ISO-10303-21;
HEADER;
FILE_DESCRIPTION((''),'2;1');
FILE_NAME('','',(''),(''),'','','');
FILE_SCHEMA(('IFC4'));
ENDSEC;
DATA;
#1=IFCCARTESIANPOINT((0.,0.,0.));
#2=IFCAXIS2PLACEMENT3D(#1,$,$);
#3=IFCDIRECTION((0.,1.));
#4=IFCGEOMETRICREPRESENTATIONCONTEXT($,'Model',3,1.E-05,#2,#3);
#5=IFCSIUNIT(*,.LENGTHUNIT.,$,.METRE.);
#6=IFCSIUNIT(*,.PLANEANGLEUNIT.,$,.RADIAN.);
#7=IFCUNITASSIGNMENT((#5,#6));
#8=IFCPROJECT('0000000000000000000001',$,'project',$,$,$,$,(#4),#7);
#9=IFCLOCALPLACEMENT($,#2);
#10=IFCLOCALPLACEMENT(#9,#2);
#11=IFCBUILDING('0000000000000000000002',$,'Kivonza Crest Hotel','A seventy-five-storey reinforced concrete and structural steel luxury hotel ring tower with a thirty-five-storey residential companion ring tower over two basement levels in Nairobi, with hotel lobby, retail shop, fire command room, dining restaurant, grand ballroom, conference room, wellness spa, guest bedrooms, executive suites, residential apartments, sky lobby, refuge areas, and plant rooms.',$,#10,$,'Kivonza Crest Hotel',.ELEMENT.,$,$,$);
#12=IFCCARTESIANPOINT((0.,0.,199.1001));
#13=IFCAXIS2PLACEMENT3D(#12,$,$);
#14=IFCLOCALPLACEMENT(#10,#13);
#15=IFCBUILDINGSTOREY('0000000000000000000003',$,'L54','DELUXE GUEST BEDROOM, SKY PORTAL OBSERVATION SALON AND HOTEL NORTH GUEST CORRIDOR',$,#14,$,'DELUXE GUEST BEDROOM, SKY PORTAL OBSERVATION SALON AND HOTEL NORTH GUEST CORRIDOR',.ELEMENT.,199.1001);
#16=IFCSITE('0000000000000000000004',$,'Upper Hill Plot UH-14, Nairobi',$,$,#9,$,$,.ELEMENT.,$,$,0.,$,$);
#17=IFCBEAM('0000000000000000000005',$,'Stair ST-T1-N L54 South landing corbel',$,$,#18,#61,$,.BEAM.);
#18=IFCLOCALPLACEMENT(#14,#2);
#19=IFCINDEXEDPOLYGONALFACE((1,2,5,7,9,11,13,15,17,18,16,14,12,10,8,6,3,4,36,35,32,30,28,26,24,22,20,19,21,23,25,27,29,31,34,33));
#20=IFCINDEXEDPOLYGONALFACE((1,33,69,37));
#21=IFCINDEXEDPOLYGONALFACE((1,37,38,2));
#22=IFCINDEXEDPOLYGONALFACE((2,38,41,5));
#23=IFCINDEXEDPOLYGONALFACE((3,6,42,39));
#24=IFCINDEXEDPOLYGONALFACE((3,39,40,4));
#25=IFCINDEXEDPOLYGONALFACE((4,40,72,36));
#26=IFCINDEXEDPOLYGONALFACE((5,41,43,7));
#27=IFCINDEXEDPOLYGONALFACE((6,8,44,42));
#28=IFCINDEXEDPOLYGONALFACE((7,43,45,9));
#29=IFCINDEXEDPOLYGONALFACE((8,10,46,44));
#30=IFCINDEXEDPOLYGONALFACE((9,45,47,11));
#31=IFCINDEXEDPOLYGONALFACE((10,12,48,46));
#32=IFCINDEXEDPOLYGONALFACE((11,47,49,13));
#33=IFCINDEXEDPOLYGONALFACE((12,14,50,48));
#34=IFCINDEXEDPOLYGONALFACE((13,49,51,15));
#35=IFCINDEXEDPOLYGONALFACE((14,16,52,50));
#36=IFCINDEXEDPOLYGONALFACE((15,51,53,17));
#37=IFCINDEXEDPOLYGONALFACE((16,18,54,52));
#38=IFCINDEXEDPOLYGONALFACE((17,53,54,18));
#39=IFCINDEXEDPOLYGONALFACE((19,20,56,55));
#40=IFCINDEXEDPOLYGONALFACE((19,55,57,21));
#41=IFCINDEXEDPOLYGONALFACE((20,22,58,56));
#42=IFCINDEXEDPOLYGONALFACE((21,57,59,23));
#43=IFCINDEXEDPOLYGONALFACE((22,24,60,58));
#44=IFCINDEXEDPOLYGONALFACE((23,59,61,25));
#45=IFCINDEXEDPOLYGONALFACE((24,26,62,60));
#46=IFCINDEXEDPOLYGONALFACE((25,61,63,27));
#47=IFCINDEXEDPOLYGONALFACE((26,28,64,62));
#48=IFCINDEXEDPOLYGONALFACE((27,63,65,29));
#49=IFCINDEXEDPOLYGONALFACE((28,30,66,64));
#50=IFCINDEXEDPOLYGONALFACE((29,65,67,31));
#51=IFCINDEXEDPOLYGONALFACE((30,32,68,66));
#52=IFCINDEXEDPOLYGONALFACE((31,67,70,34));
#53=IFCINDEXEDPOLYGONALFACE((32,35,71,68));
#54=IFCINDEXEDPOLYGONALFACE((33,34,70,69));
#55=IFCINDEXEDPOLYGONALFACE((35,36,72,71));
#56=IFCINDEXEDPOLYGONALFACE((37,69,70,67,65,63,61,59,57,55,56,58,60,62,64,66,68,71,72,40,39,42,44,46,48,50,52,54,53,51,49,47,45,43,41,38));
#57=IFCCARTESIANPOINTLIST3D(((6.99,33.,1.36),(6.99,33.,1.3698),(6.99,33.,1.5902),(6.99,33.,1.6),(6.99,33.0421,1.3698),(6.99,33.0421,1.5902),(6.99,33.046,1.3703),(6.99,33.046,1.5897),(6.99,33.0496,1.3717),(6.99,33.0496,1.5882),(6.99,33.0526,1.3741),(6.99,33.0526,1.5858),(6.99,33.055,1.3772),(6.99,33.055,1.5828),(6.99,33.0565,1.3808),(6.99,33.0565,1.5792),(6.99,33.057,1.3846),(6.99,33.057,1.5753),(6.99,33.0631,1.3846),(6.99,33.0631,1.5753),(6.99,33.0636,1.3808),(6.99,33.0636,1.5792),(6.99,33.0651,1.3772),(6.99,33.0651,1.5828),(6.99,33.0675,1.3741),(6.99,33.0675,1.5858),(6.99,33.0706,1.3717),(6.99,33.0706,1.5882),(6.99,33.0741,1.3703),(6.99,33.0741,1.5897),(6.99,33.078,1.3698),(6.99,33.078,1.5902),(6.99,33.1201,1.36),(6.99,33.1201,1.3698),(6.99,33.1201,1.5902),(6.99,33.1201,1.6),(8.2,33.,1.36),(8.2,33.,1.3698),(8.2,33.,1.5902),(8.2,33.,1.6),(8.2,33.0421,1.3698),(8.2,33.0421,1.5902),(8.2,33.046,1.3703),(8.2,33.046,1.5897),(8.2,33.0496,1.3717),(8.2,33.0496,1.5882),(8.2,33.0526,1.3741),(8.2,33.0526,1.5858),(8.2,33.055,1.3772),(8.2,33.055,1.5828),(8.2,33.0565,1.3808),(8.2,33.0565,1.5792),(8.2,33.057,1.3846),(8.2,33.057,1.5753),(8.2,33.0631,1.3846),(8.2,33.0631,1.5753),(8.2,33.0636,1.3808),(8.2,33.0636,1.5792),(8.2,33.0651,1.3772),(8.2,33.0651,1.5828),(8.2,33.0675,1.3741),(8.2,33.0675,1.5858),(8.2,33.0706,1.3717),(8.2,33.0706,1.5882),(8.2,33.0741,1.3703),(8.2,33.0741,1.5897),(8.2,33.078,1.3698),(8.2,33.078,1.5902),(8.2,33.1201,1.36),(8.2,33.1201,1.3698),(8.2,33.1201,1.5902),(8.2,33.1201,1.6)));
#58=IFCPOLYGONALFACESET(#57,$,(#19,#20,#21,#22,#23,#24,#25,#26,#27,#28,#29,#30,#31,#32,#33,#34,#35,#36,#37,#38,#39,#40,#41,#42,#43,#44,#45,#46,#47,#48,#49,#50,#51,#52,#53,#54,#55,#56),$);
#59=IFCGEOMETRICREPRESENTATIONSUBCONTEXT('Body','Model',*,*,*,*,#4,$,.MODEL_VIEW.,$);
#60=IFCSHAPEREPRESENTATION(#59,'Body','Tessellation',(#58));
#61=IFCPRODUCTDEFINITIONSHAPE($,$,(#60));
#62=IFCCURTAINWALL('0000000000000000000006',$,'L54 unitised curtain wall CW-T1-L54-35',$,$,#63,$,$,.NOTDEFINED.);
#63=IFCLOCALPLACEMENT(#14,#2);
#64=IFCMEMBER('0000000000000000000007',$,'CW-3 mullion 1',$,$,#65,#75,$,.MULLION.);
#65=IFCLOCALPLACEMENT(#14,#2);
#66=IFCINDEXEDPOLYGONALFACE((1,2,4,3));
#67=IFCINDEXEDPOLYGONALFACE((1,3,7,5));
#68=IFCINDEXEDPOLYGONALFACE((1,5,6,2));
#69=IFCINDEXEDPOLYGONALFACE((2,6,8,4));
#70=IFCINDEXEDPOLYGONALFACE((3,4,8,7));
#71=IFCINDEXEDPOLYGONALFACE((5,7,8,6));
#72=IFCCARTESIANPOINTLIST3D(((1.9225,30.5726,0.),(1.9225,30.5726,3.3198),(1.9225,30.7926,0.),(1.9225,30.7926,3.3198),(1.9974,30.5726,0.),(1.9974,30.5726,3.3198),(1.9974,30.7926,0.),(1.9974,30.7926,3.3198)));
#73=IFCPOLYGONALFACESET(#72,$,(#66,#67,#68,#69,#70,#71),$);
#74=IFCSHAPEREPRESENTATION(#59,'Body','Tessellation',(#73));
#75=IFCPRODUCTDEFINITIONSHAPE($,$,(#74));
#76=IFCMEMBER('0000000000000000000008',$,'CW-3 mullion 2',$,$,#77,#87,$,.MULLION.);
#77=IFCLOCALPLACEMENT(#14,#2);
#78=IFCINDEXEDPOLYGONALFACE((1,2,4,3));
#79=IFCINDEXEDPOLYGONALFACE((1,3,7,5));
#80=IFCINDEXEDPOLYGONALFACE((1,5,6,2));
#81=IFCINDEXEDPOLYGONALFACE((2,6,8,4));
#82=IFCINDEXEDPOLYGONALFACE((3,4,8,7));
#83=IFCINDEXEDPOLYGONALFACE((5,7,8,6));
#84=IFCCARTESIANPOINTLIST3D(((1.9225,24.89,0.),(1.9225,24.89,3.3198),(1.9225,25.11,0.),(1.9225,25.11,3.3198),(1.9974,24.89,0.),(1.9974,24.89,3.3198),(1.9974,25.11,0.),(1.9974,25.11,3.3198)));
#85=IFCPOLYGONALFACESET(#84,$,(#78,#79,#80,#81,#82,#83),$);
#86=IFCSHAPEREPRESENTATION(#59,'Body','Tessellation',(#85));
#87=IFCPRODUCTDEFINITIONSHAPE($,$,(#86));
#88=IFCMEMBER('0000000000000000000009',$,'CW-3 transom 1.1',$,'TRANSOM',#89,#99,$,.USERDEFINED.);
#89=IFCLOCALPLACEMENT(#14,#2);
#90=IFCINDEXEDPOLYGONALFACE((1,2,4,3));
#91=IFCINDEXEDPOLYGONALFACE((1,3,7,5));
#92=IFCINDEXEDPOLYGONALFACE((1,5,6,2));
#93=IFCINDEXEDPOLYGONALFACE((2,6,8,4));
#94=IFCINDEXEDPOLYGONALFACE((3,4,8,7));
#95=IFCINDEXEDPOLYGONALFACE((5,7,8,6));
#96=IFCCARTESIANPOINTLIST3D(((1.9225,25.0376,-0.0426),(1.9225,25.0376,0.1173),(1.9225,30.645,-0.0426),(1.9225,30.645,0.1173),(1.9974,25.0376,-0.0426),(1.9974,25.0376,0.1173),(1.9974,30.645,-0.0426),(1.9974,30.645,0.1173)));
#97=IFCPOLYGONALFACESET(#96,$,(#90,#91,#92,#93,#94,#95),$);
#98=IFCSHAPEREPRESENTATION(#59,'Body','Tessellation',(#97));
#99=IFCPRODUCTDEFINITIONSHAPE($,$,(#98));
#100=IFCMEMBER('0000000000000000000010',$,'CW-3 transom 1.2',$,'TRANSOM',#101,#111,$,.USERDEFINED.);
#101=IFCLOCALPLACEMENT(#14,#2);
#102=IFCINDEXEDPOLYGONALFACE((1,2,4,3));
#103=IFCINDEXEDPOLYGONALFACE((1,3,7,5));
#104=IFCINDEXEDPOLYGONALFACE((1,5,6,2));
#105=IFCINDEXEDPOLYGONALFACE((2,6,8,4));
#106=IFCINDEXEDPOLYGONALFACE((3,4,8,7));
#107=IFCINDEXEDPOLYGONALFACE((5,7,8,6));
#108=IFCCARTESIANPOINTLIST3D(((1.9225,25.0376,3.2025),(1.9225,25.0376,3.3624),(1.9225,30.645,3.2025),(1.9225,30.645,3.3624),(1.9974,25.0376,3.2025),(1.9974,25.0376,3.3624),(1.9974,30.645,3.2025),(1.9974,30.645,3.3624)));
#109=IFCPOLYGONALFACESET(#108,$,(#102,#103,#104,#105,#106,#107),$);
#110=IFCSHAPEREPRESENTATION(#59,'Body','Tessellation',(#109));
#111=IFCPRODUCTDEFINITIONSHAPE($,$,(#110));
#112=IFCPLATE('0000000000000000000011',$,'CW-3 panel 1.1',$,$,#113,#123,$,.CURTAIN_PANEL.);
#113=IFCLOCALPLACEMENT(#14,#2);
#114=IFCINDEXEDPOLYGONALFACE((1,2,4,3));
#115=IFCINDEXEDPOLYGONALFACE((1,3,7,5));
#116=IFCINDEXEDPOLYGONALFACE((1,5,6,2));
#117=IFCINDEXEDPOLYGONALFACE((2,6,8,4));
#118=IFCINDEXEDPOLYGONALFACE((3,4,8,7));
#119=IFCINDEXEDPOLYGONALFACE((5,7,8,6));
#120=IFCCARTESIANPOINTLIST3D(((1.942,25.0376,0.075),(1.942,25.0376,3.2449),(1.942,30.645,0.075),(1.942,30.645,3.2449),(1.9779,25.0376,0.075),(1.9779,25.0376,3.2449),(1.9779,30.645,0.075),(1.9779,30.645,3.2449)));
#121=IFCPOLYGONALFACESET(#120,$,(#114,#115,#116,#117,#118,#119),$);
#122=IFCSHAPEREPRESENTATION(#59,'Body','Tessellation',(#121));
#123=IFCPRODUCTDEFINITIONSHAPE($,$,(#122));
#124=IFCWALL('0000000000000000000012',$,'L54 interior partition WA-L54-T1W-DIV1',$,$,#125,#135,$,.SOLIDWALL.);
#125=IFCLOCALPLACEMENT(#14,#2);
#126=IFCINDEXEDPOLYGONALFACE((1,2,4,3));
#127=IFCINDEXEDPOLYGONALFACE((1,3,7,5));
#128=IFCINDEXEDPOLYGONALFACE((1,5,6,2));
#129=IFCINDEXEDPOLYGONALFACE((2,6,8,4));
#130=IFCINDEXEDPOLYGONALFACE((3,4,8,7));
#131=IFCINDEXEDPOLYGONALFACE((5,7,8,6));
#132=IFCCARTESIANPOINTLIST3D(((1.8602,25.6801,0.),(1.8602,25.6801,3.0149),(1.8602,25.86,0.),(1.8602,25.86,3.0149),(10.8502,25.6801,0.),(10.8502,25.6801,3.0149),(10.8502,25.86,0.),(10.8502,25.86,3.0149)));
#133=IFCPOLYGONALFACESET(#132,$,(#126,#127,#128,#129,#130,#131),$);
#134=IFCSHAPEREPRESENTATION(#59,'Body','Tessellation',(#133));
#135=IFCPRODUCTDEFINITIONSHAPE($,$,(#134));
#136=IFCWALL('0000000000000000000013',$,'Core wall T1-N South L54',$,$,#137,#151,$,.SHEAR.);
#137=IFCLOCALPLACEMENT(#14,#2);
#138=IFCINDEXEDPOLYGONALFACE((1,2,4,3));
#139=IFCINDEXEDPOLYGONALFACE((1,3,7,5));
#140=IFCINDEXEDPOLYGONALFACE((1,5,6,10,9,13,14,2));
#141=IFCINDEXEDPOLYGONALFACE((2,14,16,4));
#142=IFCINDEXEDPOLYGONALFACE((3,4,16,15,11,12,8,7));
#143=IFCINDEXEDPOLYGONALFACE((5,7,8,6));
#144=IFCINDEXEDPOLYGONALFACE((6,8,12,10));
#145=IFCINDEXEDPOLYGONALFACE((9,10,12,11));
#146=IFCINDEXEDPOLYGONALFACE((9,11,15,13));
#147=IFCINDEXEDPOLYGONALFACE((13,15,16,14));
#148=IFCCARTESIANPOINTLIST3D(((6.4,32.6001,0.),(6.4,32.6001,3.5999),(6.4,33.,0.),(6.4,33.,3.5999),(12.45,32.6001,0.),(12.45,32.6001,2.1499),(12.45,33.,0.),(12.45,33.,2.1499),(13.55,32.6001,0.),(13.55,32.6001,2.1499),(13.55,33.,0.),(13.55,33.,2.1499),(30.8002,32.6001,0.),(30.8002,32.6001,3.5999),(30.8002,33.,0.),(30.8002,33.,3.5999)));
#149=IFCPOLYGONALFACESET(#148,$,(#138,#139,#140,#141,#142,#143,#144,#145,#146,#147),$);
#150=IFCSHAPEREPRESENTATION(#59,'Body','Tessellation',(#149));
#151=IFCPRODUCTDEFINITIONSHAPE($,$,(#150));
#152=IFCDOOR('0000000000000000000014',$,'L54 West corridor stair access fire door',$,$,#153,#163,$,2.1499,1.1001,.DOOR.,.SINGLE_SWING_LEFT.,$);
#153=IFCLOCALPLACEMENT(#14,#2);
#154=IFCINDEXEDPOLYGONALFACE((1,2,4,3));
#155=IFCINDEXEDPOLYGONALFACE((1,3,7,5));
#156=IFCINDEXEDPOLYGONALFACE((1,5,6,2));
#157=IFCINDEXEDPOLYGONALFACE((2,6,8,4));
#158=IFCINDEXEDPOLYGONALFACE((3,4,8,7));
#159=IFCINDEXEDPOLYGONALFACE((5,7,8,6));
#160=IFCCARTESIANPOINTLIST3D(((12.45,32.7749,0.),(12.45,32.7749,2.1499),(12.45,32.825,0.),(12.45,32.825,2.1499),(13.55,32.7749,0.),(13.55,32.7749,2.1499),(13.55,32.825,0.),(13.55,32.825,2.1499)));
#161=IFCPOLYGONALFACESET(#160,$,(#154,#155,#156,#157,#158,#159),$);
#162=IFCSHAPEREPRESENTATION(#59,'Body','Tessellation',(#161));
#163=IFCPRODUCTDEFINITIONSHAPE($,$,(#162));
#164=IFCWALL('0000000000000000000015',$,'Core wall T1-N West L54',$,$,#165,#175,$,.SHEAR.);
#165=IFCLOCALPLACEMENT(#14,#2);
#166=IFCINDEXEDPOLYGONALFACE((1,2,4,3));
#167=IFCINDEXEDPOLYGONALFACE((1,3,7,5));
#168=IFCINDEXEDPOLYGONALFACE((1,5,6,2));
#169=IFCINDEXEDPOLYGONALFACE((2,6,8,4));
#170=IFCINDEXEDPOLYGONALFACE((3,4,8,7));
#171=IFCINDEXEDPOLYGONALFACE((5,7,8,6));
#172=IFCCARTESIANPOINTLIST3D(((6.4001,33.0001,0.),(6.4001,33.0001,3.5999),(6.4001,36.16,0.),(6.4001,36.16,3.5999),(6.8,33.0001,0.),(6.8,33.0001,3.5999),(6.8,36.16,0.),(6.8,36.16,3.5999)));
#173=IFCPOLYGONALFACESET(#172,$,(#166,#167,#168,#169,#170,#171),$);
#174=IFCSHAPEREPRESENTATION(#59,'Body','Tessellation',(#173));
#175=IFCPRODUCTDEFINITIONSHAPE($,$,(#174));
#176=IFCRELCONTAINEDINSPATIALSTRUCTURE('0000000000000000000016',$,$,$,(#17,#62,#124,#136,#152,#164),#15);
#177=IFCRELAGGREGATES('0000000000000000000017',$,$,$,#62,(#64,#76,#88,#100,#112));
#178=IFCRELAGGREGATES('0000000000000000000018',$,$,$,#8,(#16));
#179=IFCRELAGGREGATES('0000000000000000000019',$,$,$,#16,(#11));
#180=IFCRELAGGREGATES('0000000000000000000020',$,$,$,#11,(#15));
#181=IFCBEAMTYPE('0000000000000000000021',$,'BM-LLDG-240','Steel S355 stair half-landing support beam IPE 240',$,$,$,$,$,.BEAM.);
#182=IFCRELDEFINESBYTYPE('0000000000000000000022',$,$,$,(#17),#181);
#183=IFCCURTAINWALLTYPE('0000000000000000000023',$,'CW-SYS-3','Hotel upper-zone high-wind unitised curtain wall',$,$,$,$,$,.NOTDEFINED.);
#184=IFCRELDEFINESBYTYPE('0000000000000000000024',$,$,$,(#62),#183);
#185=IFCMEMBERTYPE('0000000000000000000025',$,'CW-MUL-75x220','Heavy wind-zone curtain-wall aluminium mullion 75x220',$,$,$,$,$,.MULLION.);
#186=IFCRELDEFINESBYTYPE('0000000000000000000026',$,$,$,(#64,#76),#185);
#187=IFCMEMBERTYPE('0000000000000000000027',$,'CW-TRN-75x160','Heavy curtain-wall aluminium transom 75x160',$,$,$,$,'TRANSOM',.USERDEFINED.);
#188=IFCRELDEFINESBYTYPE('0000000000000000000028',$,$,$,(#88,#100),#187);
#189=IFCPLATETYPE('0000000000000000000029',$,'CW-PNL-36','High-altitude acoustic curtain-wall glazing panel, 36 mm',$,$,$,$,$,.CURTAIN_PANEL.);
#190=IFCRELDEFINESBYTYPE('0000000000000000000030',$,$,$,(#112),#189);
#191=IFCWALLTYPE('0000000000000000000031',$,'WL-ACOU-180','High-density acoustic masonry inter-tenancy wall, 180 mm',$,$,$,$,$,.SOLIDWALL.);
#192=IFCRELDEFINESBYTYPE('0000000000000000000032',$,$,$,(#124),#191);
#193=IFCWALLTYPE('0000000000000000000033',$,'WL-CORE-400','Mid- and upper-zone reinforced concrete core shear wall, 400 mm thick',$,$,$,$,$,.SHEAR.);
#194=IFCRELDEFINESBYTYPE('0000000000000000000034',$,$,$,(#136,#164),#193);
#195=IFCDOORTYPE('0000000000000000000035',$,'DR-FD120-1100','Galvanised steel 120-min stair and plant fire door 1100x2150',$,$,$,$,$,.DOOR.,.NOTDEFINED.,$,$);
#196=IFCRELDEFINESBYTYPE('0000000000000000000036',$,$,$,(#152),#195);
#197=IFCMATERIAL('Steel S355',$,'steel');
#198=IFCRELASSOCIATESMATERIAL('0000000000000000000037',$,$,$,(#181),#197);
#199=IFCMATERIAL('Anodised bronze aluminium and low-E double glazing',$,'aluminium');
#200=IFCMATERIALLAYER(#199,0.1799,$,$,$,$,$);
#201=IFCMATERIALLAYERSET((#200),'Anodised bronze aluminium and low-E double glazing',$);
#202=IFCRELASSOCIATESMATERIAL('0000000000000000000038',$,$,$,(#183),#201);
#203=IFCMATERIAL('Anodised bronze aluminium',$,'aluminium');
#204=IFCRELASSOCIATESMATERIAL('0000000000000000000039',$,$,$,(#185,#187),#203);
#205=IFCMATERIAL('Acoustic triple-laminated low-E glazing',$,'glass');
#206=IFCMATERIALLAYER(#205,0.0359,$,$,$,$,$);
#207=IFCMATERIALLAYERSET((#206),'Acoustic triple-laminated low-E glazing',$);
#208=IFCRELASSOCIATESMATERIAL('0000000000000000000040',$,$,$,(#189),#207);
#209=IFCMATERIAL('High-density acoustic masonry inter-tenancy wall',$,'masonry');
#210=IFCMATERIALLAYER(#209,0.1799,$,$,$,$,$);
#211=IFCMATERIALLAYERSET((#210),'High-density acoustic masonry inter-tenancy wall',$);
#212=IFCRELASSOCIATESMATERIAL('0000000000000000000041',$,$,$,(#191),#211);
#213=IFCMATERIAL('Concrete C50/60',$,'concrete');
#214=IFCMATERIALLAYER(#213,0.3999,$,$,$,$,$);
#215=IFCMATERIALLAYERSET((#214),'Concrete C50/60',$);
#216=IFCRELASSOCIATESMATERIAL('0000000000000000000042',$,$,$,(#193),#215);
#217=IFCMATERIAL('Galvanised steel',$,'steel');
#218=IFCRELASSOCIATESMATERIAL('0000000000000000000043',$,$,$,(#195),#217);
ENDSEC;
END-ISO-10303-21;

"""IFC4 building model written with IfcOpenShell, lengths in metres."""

from ifc_helpers import new_model, si_unit, direction, frame, frame_2d, origin, origin_2d, place, context, subcontext, project, spatial, rectangle, i_section, extrude, material, layer, layer_set, material_profile, profile_set, type_object, element, fill, aggregate, save


model = new_model("IFC4")

# Units and contexts
model_context = context("Model", 3, precision=1e-05, world=origin(), true_north=direction((0.0, 1.0)))
body_context = subcontext(model_context, "Body", "Model", "MODEL_VIEW")
ifc_project = project(units=[si_unit("LENGTHUNIT", "METRE"), si_unit("PLANEANGLEUNIT", "RADIAN")], contexts=[model_context])

# Site, building, storey
site_placement = place(None, origin())
site = spatial("IfcSite", under=ifc_project, at=site_placement, Name="Upper Hill Plot UH-14, Nairobi", CompositionType="ELEMENT", RefElevation=0.0)
building_placement = place(site_placement, origin())
building = spatial("IfcBuilding", under=site, at=building_placement, Name="Kivonza Crest Hotel", Description="A seventy-five-storey reinforced concrete and structural steel luxury hotel ring tower with a thirty-five-storey residential companion ring tower over two basement levels in Nairobi, with hotel lobby, retail shop, fire command room, dining restaurant, grand ballroom, conference room, wellness spa, guest bedrooms, executive suites, residential apartments, sky lobby, refuge areas, and plant rooms.", LongName="Kivonza Crest Hotel", CompositionType="ELEMENT")
storey_placement = place(building_placement, frame((0.0, 0.0, 199.1001)))
storey = spatial("IfcBuildingStorey", under=building, at=storey_placement, Name="L54", Description="DELUXE GUEST BEDROOM, SKY PORTAL OBSERVATION SALON AND HOTEL NORTH GUEST CORRIDOR", LongName="DELUXE GUEST BEDROOM, SKY PORTAL OBSERVATION SALON AND HOTEL NORTH GUEST CORRIDOR", CompositionType="ELEMENT", Elevation=199.1001)

# Shared definitions
ifc_material_1 = material(Name="Concrete C50/60", Category="concrete")

# Beam
ifc_material_2 = material(Name="Steel S355", Category="steel")
ifc_material_profile_1 = material_profile(ifc_material_2, i_section(OverallWidth=0.1201, OverallDepth=0.24, WebThickness=0.0061, FlangeThickness=0.0098, FilletRadius=0.0149, at=origin_2d()), Name="IPE 240")
ifc_profile_set_1 = profile_set([ifc_material_profile_1], Name="Steel S355")
beam_type_1 = type_object("IfcBeamType", Name="BM-LLDG-240", Description="Steel S355 stair half-landing support beam IPE 240", PredefinedType="BEAM", material=ifc_profile_set_1)
beam_1_placement = place(storey_placement, frame((6.99, 33.0601, 1.48), z_axis=(1.0, 0.0, 0.0), x_axis=(0.0, 1.0, 0.0)))
element("IfcBeam", 1, at=beam_1_placement, inside=storey, type_object=beam_type_1, Name="Stair ST-T1-N L54 South landing corbel", PredefinedType="BEAM", context=body_context, shape_type="SweptSolid", body=[
    extrude(i_section(OverallWidth=0.1201, OverallDepth=0.24, WebThickness=0.0061, FlangeThickness=0.0098, FilletRadius=0.0149, at=origin_2d()), origin(), (0.0, 0.0, 1.0), 1.21),
])

# Curtain wall, members, plate
ifc_material_3 = material(Name="Anodised bronze aluminium and low-E double glazing", Category="aluminium")
ifc_layer_1 = layer(ifc_material_3, 0.1799)
ifc_layer_set_1 = layer_set([ifc_layer_1], Name="Anodised bronze aluminium and low-E double glazing")
curtain_wall_type = type_object("IfcCurtainWallType", Name="CW-SYS-3", Description="Hotel upper-zone high-wind unitised curtain wall", PredefinedType="NOTDEFINED", material=ifc_layer_set_1)
curtain_wall_placement = place(storey_placement, origin())
curtain_wall = element("IfcCurtainWall", 2, at=curtain_wall_placement, inside=storey, type_object=curtain_wall_type, Name="L54 unitised curtain wall CW-T1-L54-35", PredefinedType="NOTDEFINED")
ifc_material_4 = material(Name="Anodised bronze aluminium", Category="aluminium")
ifc_material_profile_2 = material_profile(ifc_material_4, rectangle(XDim=0.075, YDim=0.22, at=origin_2d()), Name="CW-M 75x220")
ifc_profile_set_2 = profile_set([ifc_material_profile_2], Name="Anodised bronze aluminium")
member_type_1 = type_object("IfcMemberType", Name="CW-MUL-75x220", Description="Heavy wind-zone curtain-wall aluminium mullion 75x220", PredefinedType="MULLION", material=ifc_profile_set_2)
member_1_placement = place(storey_placement, frame((1.96, 30.6826, 0.0), z_axis=(0.0, 0.0, 1.0), x_axis=(1.0, 0.0, 0.0)))
member_1 = element("IfcMember", 3, at=member_1_placement, type_object=member_type_1, Name="CW-3 mullion 1", PredefinedType="MULLION", context=body_context, shape_type="SweptSolid", body=[
    extrude(rectangle(XDim=0.075, YDim=0.22, at=origin_2d()), origin(), (0.0, 0.0, 1.0), 3.3198),
])
member_2_placement = place(storey_placement, frame((1.96, 25.0, 0.0), z_axis=(0.0, 0.0, 1.0), x_axis=(1.0, 0.0, 0.0)))
member_2 = element("IfcMember", 4, at=member_2_placement, type_object=member_type_1, Name="CW-3 mullion 2", PredefinedType="MULLION", context=body_context, shape_type="SweptSolid", body=[
    extrude(rectangle(XDim=0.075, YDim=0.22, at=origin_2d()), origin(), (0.0, 0.0, 1.0), 3.3198),
])
ifc_material_profile_3 = material_profile(ifc_material_4, rectangle(XDim=0.075, YDim=0.1599, at=origin_2d()), Name="CW-T 75x160")
ifc_profile_set_3 = profile_set([ifc_material_profile_3], Name="Anodised bronze aluminium")
member_type_2 = type_object("IfcMemberType", Name="CW-TRN-75x160", Description="Heavy curtain-wall aluminium transom 75x160", ElementType="TRANSOM", PredefinedType="USERDEFINED", material=ifc_profile_set_3)
member_3_placement = place(storey_placement, frame((1.96, 30.645, 0.0374), z_axis=(0.0, -1.0, 0.0), x_axis=(1.0, 0.0, 0.0)))
member_3 = element("IfcMember", 5, at=member_3_placement, type_object=member_type_2, Name="CW-3 transom 1.1", ObjectType="TRANSOM", PredefinedType="USERDEFINED", context=body_context, shape_type="SweptSolid", body=[
    extrude(rectangle(XDim=0.075, YDim=0.1599, at=origin_2d()), origin(), (0.0, 0.0, 1.0), 5.6074),
])
member_4_placement = place(storey_placement, frame((1.96, 30.645, 3.2825), z_axis=(0.0, -1.0, 0.0), x_axis=(1.0, 0.0, 0.0)))
member_4 = element("IfcMember", 6, at=member_4_placement, type_object=member_type_2, Name="CW-3 transom 1.2", ObjectType="TRANSOM", PredefinedType="USERDEFINED", context=body_context, shape_type="SweptSolid", body=[
    extrude(rectangle(XDim=0.075, YDim=0.1599, at=origin_2d()), origin(), (0.0, 0.0, 1.0), 5.6074),
])
ifc_material_5 = material(Name="Acoustic triple-laminated low-E glazing", Category="glass")
ifc_layer_2 = layer(ifc_material_5, 0.0359)
ifc_layer_set_2 = layer_set([ifc_layer_2], Name="Acoustic triple-laminated low-E glazing")
plate_type = type_object("IfcPlateType", Name="CW-PNL-36", Description="High-altitude acoustic curtain-wall glazing panel, 36 mm", PredefinedType="CURTAIN_PANEL", material=ifc_layer_set_2)
plate_placement = place(storey_placement, frame((1.96, 27.8413, 0.075), z_axis=(0.0, 0.0, 1.0), x_axis=(0.0, -1.0, 0.0)))
plate = element("IfcPlate", 7, at=plate_placement, type_object=plate_type, Name="CW-3 panel 1.1", PredefinedType="CURTAIN_PANEL", context=body_context, shape_type="SweptSolid", body=[
    extrude(rectangle(XDim=5.6074, YDim=0.0359, at=origin_2d()), origin(), (0.0, 0.0, 1.0), 3.1699),
])
aggregate(curtain_wall, [member_1, member_2, member_3, member_4, plate])

# Wall
ifc_material_6 = material(Name="High-density acoustic masonry inter-tenancy wall", Category="masonry")
ifc_layer_3 = layer(ifc_material_6, 0.1799)
ifc_layer_set_3 = layer_set([ifc_layer_3], Name="High-density acoustic masonry inter-tenancy wall")
wall_type_1 = type_object("IfcWallType", Name="WL-ACOU-180", Description="High-density acoustic masonry inter-tenancy wall, 180 mm", PredefinedType="SOLIDWALL", material=ifc_layer_set_3)
wall_1_placement = place(storey_placement, frame((1.8601, 25.77, 0.0), z_axis=(0.0, 0.0, 1.0), x_axis=(1.0, 0.0, 0.0)))
element("IfcWall", 8, at=wall_1_placement, inside=storey, type_object=wall_type_1, Name="L54 interior partition WA-L54-T1W-DIV1", PredefinedType="SOLIDWALL", context=body_context, shape_type="SweptSolid", body=[
    extrude(rectangle(XDim=8.99, YDim=0.1799, at=frame_2d((4.4951, 0.0))), origin(), (0.0, 0.0, 1.0), 3.0149),
])

# Wall, opening, door
ifc_layer_4 = layer(ifc_material_1, 0.3999)
ifc_layer_set_4 = layer_set([ifc_layer_4], Name="Concrete C50/60")
wall_type_2 = type_object("IfcWallType", Name="WL-CORE-400", Description="Mid- and upper-zone reinforced concrete core shear wall, 400 mm thick", PredefinedType="SHEAR", material=ifc_layer_set_4)
wall_2_placement = place(storey_placement, frame((6.3999, 32.8, 0.0), z_axis=(0.0, 0.0, 1.0), x_axis=(1.0, 0.0, 0.0)))
wall_2 = element("IfcWall", 9, at=wall_2_placement, inside=storey, type_object=wall_type_2, Name="Core wall T1-N South L54", PredefinedType="SHEAR", context=body_context, shape_type="SweptSolid", body=[
    extrude(rectangle(XDim=24.4001, YDim=0.3999, at=frame_2d((12.2002, 0.0))), origin(), (0.0, 0.0, 1.0), 3.5999),
])
opening_placement = place(wall_2_placement, frame((6.05, 0.0, 0.0)))
opening = element("IfcOpeningElement", 10, at=opening_placement, cuts=wall_2, PredefinedType="OPENING", context=body_context, shape_type="SweptSolid", body=[
    extrude(rectangle(XDim=1.1001, YDim=2.1499, at=frame_2d((0.55, 1.075))), frame((0.0, 0.21, 0.0), z_axis=(0.0, -1.0, 0.0), x_axis=(1.0, 0.0, 0.0)), (0.0, 0.0, 1.0), 0.4199),
])
ifc_material_7 = material(Name="Galvanised steel", Category="steel")
door_type = type_object("IfcDoorType", Name="DR-FD120-1100", Description="Galvanised steel 120-min stair and plant fire door 1100x2150", OperationType="NOTDEFINED", PredefinedType="DOOR", material=ifc_material_7)
door_placement = place(opening_placement, origin())
door = element("IfcDoor", 11, at=door_placement, inside=storey, type_object=door_type, Name="L54 West corridor stair access fire door", OperationType="SINGLE_SWING_LEFT", OverallHeight=2.1499, OverallWidth=1.1001, PredefinedType="DOOR", context=body_context, shape_type="SweptSolid", body=[
    extrude(rectangle(XDim=1.1001, YDim=2.1499, at=frame_2d((0.55, 1.075))), frame((0.0, 0.0249, 0.0), z_axis=(0.0, -1.0, 0.0), x_axis=(1.0, 0.0, 0.0)), (0.0, 0.0, 1.0), 0.05),
])
fill(opening, door)

# Wall
wall_3_placement = place(storey_placement, frame((6.6001, 33.0, 0.0), z_axis=(0.0, 0.0, 1.0), x_axis=(0.0, 1.0, 0.0)))
element("IfcWall", 12, at=wall_3_placement, inside=storey, type_object=wall_type_2, Name="Core wall T1-N West L54", PredefinedType="SHEAR", context=body_context, shape_type="SweptSolid", body=[
    extrude(rectangle(XDim=3.1599, YDim=0.3999, at=frame_2d((1.5801, 0.0))), origin(), (0.0, 0.0, 1.0), 3.5999),
])

save(model, "model.ifc")
